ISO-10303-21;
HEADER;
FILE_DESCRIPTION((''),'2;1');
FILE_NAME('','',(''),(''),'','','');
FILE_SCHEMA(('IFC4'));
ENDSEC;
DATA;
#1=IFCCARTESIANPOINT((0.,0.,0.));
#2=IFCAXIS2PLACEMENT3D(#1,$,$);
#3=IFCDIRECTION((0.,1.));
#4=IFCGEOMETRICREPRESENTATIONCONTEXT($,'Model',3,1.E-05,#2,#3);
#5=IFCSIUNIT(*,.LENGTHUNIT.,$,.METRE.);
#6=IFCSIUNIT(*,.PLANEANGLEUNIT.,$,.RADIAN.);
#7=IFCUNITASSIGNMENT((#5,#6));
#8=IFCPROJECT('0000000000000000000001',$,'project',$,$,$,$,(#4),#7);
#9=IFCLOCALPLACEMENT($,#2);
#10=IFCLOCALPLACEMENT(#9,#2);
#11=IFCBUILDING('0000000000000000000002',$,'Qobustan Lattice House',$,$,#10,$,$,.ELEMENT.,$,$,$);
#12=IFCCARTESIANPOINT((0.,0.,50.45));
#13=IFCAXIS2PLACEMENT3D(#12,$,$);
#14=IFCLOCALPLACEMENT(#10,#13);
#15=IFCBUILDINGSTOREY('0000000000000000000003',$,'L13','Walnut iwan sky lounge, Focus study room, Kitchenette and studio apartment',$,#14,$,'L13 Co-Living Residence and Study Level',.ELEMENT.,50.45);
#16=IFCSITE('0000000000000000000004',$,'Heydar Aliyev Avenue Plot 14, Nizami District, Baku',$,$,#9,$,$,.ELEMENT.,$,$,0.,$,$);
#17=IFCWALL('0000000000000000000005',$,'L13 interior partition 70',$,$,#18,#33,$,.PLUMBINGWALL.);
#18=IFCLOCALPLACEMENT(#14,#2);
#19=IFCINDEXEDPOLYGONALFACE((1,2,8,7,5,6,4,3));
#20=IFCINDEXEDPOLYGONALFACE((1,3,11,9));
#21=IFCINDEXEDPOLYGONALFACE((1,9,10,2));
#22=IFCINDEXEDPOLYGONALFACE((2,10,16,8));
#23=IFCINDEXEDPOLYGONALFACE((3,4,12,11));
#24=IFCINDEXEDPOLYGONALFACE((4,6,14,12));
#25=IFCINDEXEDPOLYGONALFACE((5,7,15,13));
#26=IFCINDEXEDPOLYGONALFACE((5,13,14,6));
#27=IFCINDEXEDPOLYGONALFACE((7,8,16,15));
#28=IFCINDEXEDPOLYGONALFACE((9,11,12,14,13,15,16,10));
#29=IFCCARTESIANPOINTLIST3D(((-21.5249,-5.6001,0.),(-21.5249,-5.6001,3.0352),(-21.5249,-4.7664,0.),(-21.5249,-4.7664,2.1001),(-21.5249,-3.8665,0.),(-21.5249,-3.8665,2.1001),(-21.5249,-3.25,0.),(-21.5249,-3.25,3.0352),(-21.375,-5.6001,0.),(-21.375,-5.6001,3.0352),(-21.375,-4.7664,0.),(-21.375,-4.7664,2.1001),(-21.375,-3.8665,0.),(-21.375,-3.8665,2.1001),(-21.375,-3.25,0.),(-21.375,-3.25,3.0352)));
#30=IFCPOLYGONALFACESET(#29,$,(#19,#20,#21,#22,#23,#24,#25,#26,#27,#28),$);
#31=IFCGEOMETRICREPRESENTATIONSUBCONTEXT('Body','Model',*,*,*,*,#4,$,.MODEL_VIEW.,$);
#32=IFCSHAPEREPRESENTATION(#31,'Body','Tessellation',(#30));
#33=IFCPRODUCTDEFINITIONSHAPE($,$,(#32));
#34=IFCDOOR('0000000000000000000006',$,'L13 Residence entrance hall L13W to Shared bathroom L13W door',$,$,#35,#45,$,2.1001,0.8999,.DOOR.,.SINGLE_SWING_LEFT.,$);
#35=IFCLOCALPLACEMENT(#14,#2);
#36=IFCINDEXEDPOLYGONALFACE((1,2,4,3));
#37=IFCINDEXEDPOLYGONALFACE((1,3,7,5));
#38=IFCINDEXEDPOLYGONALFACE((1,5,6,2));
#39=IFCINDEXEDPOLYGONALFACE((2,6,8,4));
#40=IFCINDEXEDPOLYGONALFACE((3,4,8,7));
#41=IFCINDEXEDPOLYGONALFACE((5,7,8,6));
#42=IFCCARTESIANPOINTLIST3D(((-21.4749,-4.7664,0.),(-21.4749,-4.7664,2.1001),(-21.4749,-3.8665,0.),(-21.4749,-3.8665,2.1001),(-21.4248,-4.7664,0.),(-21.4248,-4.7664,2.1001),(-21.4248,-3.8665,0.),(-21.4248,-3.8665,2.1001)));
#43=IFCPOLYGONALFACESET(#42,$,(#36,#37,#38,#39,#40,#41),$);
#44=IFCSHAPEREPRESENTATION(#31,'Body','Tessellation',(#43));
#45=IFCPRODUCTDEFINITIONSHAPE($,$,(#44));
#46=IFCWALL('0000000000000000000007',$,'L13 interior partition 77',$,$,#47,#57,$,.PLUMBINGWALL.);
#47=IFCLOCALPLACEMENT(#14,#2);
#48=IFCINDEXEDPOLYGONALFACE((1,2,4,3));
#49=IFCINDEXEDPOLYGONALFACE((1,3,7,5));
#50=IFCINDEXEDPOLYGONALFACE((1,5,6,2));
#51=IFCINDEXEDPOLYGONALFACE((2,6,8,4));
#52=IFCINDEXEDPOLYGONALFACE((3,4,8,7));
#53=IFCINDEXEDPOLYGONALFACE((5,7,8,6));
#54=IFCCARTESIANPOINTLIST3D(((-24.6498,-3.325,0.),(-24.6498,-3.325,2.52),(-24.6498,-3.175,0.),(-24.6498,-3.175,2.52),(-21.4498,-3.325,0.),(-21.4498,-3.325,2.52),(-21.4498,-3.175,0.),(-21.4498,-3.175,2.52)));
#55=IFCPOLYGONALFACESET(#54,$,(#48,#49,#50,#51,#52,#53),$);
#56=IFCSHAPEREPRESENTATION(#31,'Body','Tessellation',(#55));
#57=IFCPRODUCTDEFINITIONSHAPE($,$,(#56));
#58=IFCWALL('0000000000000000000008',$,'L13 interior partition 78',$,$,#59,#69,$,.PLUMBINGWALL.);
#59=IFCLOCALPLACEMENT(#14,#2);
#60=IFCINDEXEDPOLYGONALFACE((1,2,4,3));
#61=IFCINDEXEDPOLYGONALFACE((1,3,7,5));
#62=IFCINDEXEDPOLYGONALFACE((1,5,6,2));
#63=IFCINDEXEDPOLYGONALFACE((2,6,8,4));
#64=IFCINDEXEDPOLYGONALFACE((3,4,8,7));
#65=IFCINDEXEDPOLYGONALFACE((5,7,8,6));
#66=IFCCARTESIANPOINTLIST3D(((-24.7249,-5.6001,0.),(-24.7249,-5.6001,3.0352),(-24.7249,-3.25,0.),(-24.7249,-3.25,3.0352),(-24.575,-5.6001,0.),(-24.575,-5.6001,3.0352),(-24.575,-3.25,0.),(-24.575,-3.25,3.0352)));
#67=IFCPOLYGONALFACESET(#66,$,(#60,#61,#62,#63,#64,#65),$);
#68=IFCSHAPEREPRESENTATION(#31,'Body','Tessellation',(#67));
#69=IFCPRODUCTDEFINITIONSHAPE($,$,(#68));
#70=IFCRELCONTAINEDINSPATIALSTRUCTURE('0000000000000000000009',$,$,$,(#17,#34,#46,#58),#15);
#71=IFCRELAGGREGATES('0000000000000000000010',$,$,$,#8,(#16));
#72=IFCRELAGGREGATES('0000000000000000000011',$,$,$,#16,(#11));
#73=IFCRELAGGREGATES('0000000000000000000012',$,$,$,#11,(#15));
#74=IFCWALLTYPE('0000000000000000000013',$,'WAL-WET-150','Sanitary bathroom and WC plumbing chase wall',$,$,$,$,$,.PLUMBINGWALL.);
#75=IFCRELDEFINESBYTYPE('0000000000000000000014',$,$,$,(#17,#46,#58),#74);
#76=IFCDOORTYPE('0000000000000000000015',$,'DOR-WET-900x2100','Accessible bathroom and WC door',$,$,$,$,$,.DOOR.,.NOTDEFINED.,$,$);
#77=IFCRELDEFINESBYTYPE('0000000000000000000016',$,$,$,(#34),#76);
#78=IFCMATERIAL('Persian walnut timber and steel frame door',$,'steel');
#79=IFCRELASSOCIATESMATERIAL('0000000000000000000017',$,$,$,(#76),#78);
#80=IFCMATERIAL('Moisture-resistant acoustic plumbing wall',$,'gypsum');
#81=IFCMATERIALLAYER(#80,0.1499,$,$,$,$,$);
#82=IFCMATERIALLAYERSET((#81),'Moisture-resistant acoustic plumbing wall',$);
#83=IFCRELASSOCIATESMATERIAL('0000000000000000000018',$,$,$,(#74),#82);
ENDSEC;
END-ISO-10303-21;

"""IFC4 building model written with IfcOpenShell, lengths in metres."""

from ifc_helpers import new_model, si_unit, direction, frame, frame_2d, origin, place, context, subcontext, project, spatial, rectangle, extrude, material, layer, layer_set, type_object, element, fill, save


model = new_model("IFC4")

# Units and contexts
model_context = context("Model", 3, precision=1e-05, world=origin(), true_north=direction((0.0, 1.0)))
body_context = subcontext(model_context, "Body", "Model", "MODEL_VIEW")
ifc_project = project(units=[si_unit("LENGTHUNIT", "METRE"), si_unit("PLANEANGLEUNIT", "RADIAN")], contexts=[model_context])

# Site, building, storey
site_placement = place(None, origin())
site = spatial("IfcSite", under=ifc_project, at=site_placement, Name="Heydar Aliyev Avenue Plot 14, Nizami District, Baku", CompositionType="ELEMENT", RefElevation=0.0)
building_placement = place(site_placement, origin())
building = spatial("IfcBuilding", under=site, at=building_placement, Name="Qobustan Lattice House", CompositionType="ELEMENT")
storey_placement = place(building_placement, frame((0.0, 0.0, 50.45)))
storey = spatial("IfcBuildingStorey", under=building, at=storey_placement, Name="L13", Description="Walnut iwan sky lounge, Focus study room, Kitchenette and studio apartment", LongName="L13 Co-Living Residence and Study Level", CompositionType="ELEMENT", Elevation=50.45)

# Shared definitions
ifc_material_1 = material(Name="Persian walnut timber and steel frame door", Category="steel")
door_type_1 = type_object("IfcDoorType", Name="DOR-WET-900x2100", Description="Accessible bathroom and WC door", OperationType="NOTDEFINED", PredefinedType="DOOR", material=ifc_material_1)

# Shared definitions
ifc_material_2 = material(Name="Moisture-resistant acoustic plumbing wall", Category="gypsum")
ifc_layer_1 = layer(ifc_material_2, 0.1499)
ifc_layer_set_1 = layer_set([ifc_layer_1], Name="Moisture-resistant acoustic plumbing wall")
wall_type_1 = type_object("IfcWallType", Name="WAL-WET-150", Description="Sanitary bathroom and WC plumbing chase wall", PredefinedType="PLUMBINGWALL", material=ifc_layer_set_1)

# Wall, opening, door
wall_1_placement = place(storey_placement, frame((-21.45, -5.6001, 0.0), z_axis=(0.0, 0.0, 1.0), x_axis=(0.0, 1.0, 0.0)))
wall_1 = element("IfcWall", 1, at=wall_1_placement, inside=storey, type_object=wall_type_1, Name="L13 interior partition 70", PredefinedType="PLUMBINGWALL", context=body_context, shape_type="SweptSolid", body=[
    extrude(rectangle(XDim=2.3501, YDim=0.1499, at=frame_2d((1.175, 0.0))), origin(), (0.0, 0.0, 1.0), 3.0352),
])
opening_1_placement = place(wall_1_placement, frame((0.8337, 0.0, 0.0)))
opening_1 = element("IfcOpeningElement", 2, at=opening_1_placement, cuts=wall_1, PredefinedType="OPENING", context=body_context, shape_type="SweptSolid", body=[
    extrude(rectangle(XDim=0.8999, YDim=2.1001, at=frame_2d((0.45, 1.05))), frame((0.0, 0.085, 0.0), z_axis=(0.0, -1.0, 0.0), x_axis=(1.0, 0.0, 0.0)), (0.0, 0.0, 1.0), 0.1699),
])
door_1_placement = place(opening_1_placement, origin())
door_1 = element("IfcDoor", 3, at=door_1_placement, inside=storey, type_object=door_type_1, Name="L13 Residence entrance hall L13W to Shared bathroom L13W door", OperationType="SINGLE_SWING_LEFT", OverallHeight=2.1001, OverallWidth=0.8999, PredefinedType="DOOR", context=body_context, shape_type="SweptSolid", body=[
    extrude(rectangle(XDim=0.8999, YDim=2.1001, at=frame_2d((0.45, 1.05))), frame((0.0, 0.0249, 0.0), z_axis=(0.0, -1.0, 0.0), x_axis=(1.0, 0.0, 0.0)), (0.0, 0.0, 1.0), 0.05),
])
fill(opening_1, door_1)

# Walls
wall_2_placement = place(storey_placement, frame((-24.6499, -3.25, 0.0), z_axis=(0.0, 0.0, 1.0), x_axis=(1.0, 0.0, 0.0)))
element("IfcWall", 4, at=wall_2_placement, inside=storey, type_object=wall_type_1, Name="L13 interior partition 77", PredefinedType="PLUMBINGWALL", context=body_context, shape_type="SweptSolid", body=[
    extrude(rectangle(XDim=3.2, YDim=0.1499, at=frame_2d((1.6001, 0.0))), origin(), (0.0, 0.0, 1.0), 2.52),
])
wall_3_placement = place(storey_placement, frame((-24.6499, -5.6001, 0.0), z_axis=(0.0, 0.0, 1.0), x_axis=(0.0, 1.0, 0.0)))
element("IfcWall", 5, at=wall_3_placement, inside=storey, type_object=wall_type_1, Name="L13 interior partition 78", PredefinedType="PLUMBINGWALL", context=body_context, shape_type="SweptSolid", body=[
    extrude(rectangle(XDim=2.3501, YDim=0.1499, at=frame_2d((1.175, 0.0))), origin(), (0.0, 0.0, 1.0), 3.0352),
])

save(model, "model.ifc")
